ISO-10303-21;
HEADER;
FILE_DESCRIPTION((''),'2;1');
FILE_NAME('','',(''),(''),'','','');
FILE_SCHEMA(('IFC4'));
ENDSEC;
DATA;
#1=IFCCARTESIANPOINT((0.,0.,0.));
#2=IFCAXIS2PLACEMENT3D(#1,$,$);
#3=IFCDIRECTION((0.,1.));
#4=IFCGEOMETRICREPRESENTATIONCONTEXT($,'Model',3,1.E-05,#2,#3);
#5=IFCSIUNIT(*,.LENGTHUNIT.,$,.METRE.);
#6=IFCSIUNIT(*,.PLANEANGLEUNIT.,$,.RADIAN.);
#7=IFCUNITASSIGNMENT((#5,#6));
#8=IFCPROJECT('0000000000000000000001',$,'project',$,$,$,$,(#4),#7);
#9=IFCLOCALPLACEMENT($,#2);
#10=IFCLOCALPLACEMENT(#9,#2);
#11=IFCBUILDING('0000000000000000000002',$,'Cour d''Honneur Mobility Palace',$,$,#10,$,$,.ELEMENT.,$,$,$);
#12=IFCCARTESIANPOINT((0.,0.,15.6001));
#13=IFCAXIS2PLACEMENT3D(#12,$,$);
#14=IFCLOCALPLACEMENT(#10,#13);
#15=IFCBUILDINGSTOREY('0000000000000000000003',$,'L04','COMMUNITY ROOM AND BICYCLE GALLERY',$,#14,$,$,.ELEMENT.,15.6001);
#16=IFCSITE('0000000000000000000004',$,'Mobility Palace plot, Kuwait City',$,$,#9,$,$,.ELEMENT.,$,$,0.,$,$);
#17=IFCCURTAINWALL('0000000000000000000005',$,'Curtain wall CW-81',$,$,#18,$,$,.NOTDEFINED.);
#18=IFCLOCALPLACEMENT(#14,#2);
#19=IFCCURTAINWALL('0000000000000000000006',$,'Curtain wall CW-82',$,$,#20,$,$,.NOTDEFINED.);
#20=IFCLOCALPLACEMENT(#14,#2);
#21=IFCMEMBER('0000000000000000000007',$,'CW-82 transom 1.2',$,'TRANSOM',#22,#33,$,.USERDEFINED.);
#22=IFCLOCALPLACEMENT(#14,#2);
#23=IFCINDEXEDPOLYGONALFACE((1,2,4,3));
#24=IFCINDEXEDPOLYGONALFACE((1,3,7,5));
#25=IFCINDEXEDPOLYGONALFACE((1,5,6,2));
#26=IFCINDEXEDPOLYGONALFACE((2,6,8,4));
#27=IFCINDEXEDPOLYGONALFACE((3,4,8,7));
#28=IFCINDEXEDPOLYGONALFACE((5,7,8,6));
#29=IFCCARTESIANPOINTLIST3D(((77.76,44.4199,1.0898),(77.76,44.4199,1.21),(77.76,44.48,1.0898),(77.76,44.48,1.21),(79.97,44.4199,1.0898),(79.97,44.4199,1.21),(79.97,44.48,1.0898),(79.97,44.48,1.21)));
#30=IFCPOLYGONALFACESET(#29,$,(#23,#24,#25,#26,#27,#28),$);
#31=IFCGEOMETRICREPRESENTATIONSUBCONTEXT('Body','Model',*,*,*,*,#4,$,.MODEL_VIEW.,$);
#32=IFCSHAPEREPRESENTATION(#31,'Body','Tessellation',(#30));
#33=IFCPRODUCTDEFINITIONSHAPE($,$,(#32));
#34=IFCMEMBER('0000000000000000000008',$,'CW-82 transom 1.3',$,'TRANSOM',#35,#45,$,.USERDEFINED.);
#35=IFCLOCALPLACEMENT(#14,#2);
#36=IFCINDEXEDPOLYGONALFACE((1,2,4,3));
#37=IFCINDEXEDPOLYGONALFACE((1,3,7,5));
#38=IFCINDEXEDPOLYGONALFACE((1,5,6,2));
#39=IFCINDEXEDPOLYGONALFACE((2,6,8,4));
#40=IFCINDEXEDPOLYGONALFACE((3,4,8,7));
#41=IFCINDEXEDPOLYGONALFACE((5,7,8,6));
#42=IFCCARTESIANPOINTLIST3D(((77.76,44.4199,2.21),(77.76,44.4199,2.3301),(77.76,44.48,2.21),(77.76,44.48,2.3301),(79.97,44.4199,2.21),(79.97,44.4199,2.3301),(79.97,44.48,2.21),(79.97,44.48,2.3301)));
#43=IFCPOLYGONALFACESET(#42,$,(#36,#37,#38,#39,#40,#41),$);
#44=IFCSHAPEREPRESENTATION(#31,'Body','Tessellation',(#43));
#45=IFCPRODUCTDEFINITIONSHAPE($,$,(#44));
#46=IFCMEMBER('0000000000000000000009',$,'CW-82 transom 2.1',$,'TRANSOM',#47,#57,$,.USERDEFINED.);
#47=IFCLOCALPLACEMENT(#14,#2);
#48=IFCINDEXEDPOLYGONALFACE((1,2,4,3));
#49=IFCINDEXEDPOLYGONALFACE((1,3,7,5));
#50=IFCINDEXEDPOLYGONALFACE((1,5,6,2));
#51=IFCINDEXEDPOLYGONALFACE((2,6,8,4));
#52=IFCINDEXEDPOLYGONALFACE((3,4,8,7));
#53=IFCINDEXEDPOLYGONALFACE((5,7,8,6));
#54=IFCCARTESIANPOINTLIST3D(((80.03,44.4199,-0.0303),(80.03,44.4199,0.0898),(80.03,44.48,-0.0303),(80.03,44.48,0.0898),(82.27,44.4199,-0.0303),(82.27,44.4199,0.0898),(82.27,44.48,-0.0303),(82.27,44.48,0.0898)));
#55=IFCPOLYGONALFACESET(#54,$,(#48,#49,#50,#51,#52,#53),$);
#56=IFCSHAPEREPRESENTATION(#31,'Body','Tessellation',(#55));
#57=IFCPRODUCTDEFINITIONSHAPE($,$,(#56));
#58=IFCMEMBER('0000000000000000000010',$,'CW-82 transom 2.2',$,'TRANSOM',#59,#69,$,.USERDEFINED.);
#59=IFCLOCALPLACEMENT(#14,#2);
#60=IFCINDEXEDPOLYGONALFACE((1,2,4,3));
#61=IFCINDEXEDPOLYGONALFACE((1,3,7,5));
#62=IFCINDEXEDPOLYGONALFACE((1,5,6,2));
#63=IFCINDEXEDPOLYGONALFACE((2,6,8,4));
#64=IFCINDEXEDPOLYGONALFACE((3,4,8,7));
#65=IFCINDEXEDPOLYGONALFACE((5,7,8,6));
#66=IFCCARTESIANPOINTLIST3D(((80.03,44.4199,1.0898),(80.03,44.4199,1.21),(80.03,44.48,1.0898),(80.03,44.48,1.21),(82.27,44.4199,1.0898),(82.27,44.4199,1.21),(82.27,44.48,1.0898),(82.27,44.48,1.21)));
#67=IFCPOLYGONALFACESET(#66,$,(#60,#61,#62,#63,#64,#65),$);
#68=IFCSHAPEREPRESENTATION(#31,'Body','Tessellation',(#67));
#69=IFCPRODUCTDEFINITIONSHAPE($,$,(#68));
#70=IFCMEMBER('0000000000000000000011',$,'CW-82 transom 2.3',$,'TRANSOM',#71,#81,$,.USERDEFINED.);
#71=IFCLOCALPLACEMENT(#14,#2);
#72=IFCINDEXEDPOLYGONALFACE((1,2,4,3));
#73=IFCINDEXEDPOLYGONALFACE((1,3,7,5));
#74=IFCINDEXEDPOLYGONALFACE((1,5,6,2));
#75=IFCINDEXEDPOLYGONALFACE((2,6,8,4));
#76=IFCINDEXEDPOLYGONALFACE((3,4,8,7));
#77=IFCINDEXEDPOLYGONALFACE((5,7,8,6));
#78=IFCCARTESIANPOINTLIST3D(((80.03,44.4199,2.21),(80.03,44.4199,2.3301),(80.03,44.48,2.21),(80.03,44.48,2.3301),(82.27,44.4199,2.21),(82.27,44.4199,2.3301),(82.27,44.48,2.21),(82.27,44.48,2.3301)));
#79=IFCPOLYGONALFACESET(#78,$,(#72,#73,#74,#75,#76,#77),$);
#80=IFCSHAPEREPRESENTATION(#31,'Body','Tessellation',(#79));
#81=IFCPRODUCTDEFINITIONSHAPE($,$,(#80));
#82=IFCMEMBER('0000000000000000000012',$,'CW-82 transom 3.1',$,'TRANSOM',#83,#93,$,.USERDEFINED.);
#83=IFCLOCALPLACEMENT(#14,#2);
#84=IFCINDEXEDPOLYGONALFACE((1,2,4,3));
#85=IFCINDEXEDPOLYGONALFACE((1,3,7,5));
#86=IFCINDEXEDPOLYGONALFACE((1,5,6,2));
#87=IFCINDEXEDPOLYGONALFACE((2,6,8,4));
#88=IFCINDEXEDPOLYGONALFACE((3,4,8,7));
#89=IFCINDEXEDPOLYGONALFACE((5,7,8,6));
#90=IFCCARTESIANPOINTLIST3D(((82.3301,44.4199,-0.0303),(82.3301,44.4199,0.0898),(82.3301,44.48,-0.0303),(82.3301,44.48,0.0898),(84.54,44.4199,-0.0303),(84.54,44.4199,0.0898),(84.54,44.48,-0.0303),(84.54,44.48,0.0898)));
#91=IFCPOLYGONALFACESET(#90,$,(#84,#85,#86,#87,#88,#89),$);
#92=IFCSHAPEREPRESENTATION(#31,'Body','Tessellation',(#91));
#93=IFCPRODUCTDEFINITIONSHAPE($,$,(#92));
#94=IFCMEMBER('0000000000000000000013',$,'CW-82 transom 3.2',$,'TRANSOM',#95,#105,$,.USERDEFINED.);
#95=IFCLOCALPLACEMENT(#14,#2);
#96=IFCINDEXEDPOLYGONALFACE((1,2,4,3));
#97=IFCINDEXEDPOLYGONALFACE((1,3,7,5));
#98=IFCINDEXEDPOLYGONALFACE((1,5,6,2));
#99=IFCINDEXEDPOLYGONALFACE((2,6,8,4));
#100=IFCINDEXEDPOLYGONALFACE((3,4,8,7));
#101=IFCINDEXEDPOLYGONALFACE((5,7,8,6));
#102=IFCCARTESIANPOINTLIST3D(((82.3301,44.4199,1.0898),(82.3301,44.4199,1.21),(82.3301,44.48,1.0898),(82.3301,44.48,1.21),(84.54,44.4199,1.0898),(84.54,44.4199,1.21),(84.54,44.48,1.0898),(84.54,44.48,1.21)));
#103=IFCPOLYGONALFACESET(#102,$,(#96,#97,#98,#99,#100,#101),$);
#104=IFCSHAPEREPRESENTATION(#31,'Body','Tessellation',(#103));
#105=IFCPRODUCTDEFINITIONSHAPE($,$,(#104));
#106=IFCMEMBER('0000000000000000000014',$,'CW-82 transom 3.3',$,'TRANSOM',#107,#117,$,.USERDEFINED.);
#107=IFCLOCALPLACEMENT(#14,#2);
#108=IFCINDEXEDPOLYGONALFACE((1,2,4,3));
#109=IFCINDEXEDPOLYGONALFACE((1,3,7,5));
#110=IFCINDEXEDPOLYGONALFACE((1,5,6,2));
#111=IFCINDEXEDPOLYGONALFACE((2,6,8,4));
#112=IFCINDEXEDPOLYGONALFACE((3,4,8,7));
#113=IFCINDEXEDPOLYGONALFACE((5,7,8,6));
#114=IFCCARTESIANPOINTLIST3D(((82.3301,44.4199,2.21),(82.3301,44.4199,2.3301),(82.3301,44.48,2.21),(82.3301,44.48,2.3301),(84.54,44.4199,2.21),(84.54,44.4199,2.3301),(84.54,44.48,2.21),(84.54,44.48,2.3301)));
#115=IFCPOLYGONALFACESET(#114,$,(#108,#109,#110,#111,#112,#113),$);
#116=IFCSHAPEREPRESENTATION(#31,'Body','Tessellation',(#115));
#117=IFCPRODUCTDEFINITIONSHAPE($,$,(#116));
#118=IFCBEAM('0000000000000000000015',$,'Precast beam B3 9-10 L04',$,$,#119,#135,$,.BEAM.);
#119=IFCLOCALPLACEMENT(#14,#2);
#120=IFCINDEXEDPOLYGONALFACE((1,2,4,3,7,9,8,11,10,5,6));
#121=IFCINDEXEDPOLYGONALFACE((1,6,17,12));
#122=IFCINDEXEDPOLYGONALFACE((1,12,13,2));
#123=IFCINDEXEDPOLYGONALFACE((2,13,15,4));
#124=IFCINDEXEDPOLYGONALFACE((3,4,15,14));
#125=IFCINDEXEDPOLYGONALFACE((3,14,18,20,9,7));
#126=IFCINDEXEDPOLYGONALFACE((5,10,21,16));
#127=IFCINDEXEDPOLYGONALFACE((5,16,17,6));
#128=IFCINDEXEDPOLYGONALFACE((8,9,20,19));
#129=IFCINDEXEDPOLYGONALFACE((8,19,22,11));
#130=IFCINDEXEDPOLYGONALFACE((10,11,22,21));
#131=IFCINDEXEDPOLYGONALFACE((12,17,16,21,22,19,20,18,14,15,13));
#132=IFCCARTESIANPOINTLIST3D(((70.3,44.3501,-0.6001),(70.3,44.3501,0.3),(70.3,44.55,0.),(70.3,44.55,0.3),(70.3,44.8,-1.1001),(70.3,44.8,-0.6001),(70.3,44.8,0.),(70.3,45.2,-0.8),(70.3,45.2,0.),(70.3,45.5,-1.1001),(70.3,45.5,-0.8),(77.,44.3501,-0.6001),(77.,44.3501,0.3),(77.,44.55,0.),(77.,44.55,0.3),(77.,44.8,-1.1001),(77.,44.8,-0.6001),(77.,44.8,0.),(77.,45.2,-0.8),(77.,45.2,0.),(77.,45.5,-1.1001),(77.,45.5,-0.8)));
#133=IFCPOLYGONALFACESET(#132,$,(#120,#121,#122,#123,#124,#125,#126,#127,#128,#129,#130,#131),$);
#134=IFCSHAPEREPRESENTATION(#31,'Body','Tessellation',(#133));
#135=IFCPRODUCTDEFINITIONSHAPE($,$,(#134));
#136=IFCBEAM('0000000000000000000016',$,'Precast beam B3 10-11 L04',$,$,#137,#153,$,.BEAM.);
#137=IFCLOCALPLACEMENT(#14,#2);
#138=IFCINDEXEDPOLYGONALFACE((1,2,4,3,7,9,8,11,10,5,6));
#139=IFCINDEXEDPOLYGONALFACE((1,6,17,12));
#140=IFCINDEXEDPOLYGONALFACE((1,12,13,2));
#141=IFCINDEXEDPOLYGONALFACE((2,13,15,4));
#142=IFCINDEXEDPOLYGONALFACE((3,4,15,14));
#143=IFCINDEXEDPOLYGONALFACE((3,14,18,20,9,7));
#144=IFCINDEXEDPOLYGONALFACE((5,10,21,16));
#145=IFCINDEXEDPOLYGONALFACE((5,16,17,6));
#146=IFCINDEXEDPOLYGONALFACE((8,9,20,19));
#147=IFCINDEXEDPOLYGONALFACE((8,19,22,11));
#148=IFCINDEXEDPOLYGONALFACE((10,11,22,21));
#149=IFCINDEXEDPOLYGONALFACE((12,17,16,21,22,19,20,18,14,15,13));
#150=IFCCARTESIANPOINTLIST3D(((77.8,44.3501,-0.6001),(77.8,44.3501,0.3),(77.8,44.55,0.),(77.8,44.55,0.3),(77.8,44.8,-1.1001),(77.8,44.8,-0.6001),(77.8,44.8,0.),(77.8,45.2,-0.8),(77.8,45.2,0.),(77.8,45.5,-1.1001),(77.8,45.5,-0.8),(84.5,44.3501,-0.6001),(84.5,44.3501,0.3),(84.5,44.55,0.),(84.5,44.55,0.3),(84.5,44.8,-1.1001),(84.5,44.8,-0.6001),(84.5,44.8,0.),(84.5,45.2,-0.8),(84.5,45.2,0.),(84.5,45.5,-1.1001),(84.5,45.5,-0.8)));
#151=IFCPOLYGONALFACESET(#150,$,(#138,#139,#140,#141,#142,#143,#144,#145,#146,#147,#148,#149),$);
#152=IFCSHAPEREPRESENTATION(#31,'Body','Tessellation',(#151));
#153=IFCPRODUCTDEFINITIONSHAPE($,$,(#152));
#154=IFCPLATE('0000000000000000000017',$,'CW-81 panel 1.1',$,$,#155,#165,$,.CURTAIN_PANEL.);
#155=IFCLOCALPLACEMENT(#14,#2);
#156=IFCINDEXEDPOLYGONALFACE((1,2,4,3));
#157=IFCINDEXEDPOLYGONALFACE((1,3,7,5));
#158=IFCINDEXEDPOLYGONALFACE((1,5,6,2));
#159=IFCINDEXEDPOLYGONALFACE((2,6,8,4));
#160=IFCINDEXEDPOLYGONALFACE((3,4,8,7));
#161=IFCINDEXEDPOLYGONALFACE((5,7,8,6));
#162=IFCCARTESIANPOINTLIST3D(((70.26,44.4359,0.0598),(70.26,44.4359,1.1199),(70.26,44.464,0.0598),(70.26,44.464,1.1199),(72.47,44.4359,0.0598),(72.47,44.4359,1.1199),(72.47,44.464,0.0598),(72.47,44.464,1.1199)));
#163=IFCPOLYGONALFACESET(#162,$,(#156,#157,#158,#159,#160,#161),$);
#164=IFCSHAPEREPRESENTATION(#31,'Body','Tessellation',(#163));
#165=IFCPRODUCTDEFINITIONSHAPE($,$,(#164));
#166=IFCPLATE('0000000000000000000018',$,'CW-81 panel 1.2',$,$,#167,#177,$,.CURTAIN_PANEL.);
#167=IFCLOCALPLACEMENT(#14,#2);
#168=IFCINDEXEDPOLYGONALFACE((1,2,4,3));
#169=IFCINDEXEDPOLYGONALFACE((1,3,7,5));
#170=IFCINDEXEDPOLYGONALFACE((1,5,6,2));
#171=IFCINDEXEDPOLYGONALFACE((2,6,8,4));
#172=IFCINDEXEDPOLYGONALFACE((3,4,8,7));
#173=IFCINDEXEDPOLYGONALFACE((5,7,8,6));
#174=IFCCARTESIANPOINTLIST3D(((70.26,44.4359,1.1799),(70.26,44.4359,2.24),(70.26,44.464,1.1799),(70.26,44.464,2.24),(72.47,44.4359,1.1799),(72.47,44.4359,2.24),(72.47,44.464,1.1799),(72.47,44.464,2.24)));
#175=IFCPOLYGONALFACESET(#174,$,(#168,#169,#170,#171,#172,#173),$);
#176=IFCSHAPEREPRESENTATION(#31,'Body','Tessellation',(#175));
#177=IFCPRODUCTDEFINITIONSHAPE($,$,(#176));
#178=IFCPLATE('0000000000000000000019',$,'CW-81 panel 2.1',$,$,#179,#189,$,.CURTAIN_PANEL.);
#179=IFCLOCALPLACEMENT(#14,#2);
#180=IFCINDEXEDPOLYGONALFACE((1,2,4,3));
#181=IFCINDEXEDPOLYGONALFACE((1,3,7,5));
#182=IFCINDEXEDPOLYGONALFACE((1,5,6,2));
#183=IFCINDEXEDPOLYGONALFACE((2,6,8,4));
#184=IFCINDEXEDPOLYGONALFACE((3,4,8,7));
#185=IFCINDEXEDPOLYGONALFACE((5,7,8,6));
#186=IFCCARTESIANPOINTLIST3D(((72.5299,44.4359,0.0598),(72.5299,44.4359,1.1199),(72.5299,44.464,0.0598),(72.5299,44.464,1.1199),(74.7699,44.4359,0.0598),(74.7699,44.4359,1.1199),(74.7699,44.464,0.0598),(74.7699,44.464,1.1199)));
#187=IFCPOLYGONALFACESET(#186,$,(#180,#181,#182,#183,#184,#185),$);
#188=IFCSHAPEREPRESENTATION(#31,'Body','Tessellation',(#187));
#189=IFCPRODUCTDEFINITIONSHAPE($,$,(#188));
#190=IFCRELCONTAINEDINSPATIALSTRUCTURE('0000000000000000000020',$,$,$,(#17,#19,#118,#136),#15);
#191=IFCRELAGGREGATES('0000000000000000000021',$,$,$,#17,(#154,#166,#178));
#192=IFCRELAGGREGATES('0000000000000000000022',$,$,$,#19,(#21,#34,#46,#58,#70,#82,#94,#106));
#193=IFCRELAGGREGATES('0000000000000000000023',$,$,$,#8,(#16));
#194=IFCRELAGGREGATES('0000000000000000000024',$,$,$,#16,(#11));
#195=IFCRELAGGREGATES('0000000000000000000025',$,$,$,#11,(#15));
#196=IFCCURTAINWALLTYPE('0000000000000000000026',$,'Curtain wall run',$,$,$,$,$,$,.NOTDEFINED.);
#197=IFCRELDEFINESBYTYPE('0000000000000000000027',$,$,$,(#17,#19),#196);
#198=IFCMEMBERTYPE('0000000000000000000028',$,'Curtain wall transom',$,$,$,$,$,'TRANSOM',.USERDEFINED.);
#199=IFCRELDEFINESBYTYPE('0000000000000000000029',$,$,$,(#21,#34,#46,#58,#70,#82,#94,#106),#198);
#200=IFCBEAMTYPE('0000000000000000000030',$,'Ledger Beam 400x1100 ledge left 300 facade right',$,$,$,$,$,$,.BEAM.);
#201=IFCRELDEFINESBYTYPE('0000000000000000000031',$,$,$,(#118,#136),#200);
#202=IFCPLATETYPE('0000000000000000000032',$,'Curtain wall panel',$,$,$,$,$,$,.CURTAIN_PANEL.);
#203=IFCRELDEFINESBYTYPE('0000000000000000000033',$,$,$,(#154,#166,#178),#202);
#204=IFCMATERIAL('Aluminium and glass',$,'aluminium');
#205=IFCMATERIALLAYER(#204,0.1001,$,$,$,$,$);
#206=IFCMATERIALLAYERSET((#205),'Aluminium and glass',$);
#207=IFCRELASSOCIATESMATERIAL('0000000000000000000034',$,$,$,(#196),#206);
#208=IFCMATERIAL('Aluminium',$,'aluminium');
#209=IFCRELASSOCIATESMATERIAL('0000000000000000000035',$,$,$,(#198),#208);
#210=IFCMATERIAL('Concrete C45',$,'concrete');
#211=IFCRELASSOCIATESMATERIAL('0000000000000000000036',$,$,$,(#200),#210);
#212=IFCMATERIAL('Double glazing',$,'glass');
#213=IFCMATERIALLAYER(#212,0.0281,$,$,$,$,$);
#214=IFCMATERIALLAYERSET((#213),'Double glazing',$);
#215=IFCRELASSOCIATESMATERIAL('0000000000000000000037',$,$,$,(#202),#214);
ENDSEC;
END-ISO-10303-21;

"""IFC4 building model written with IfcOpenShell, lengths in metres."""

from ifc_helpers import new_model, si_unit, direction, frame, origin, origin_2d, place, context, subcontext, project, spatial, polyline, rectangle, outline, extrude, material, layer, layer_set, material_profile, profile_set, type_object, element, aggregate, save


model = new_model("IFC4")

# Units and contexts
model_context = context("Model", 3, precision=1e-05, world=origin(), true_north=direction((0.0, 1.0)))
body_context = subcontext(model_context, "Body", "Model", "MODEL_VIEW")
ifc_project = project(units=[si_unit("LENGTHUNIT", "METRE"), si_unit("PLANEANGLEUNIT", "RADIAN")], contexts=[model_context])

# Site, building, storey
site_placement = place(None, origin())
site = spatial("IfcSite", under=ifc_project, at=site_placement, Name="Mobility Palace plot, Kuwait City", CompositionType="ELEMENT", RefElevation=0.0)
building_placement = place(site_placement, origin())
building = spatial("IfcBuilding", under=site, at=building_placement, Name="Cour d'Honneur Mobility Palace", CompositionType="ELEMENT")
storey_placement = place(building_placement, frame((0.0, 0.0, 15.6001)))
storey = spatial("IfcBuildingStorey", under=building, at=storey_placement, Name="L04", Description="COMMUNITY ROOM AND BICYCLE GALLERY", CompositionType="ELEMENT", Elevation=15.6001)

# Curtain walls
ifc_material_1 = material(Name="Aluminium and glass", Category="aluminium")
ifc_layer_1 = layer(ifc_material_1, 0.1001)
ifc_layer_set_1 = layer_set([ifc_layer_1], Name="Aluminium and glass")
curtain_wall_type = type_object("IfcCurtainWallType", Name="Curtain wall run", PredefinedType="NOTDEFINED", material=ifc_layer_set_1)
curtain_wall_1_placement = place(storey_placement, origin())
curtain_wall_1 = element("IfcCurtainWall", 1, at=curtain_wall_1_placement, inside=storey, type_object=curtain_wall_type, Name="Curtain wall CW-81", PredefinedType="NOTDEFINED")
curtain_wall_2_placement = place(storey_placement, origin())
curtain_wall_2 = element("IfcCurtainWall", 2, at=curtain_wall_2_placement, inside=storey, type_object=curtain_wall_type, Name="Curtain wall CW-82", PredefinedType="NOTDEFINED")

# Members
ifc_material_2 = material(Name="Aluminium", Category="aluminium")
ifc_material_profile_1 = material_profile(ifc_material_2, rectangle(XDim=0.0601, YDim=0.1201, at=origin_2d()), Name="Curtain wall transom")
ifc_profile_set_1 = profile_set([ifc_material_profile_1], Name="Aluminium")
member_type_1 = type_object("IfcMemberType", Name="Curtain wall transom", ElementType="TRANSOM", PredefinedType="USERDEFINED", material=ifc_profile_set_1)
member_1_placement = place(storey_placement, frame((77.76, 44.45, 1.1499), z_axis=(1.0, 0.0, 0.0), x_axis=(0.0, 1.0, 0.0)))
member_1 = element("IfcMember", 3, at=member_1_placement, type_object=member_type_1, Name="CW-82 transom 1.2", ObjectType="TRANSOM", PredefinedType="USERDEFINED", context=body_context, shape_type="SweptSolid", body=[
    extrude(rectangle(XDim=0.0601, YDim=0.1201, at=origin_2d()), origin(), (0.0, 0.0, 1.0), 2.21),
])
member_2_placement = place(storey_placement, frame((77.76, 44.45, 2.27), z_axis=(1.0, 0.0, 0.0), x_axis=(0.0, 1.0, 0.0)))
member_2 = element("IfcMember", 4, at=member_2_placement, type_object=member_type_1, Name="CW-82 transom 1.3", ObjectType="TRANSOM", PredefinedType="USERDEFINED", context=body_context, shape_type="SweptSolid", body=[
    extrude(rectangle(XDim=0.0601, YDim=0.1201, at=origin_2d()), origin(), (0.0, 0.0, 1.0), 2.21),
])
member_3_placement = place(storey_placement, frame((80.03, 44.45, 0.0298), z_axis=(1.0, 0.0, 0.0), x_axis=(0.0, 1.0, 0.0)))
member_3 = element("IfcMember", 5, at=member_3_placement, type_object=member_type_1, Name="CW-82 transom 2.1", ObjectType="TRANSOM", PredefinedType="USERDEFINED", context=body_context, shape_type="SweptSolid", body=[
    extrude(rectangle(XDim=0.0601, YDim=0.1201, at=origin_2d()), origin(), (0.0, 0.0, 1.0), 2.24),
])
member_4_placement = place(storey_placement, frame((80.03, 44.45, 1.1499), z_axis=(1.0, 0.0, 0.0), x_axis=(0.0, 1.0, 0.0)))
member_4 = element("IfcMember", 6, at=member_4_placement, type_object=member_type_1, Name="CW-82 transom 2.2", ObjectType="TRANSOM", PredefinedType="USERDEFINED", context=body_context, shape_type="SweptSolid", body=[
    extrude(rectangle(XDim=0.0601, YDim=0.1201, at=origin_2d()), origin(), (0.0, 0.0, 1.0), 2.24),
])
member_5_placement = place(storey_placement, frame((80.03, 44.45, 2.27), z_axis=(1.0, 0.0, 0.0), x_axis=(0.0, 1.0, 0.0)))
member_5 = element("IfcMember", 7, at=member_5_placement, type_object=member_type_1, Name="CW-82 transom 2.3", ObjectType="TRANSOM", PredefinedType="USERDEFINED", context=body_context, shape_type="SweptSolid", body=[
    extrude(rectangle(XDim=0.0601, YDim=0.1201, at=origin_2d()), origin(), (0.0, 0.0, 1.0), 2.24),
])
member_6_placement = place(storey_placement, frame((82.3301, 44.45, 0.0298), z_axis=(1.0, 0.0, 0.0), x_axis=(0.0, 1.0, 0.0)))
member_6 = element("IfcMember", 8, at=member_6_placement, type_object=member_type_1, Name="CW-82 transom 3.1", ObjectType="TRANSOM", PredefinedType="USERDEFINED", context=body_context, shape_type="SweptSolid", body=[
    extrude(rectangle(XDim=0.0601, YDim=0.1201, at=origin_2d()), origin(), (0.0, 0.0, 1.0), 2.21),
])
member_7_placement = place(storey_placement, frame((82.3301, 44.45, 1.1499), z_axis=(1.0, 0.0, 0.0), x_axis=(0.0, 1.0, 0.0)))
member_7 = element("IfcMember", 9, at=member_7_placement, type_object=member_type_1, Name="CW-82 transom 3.2", ObjectType="TRANSOM", PredefinedType="USERDEFINED", context=body_context, shape_type="SweptSolid", body=[
    extrude(rectangle(XDim=0.0601, YDim=0.1201, at=origin_2d()), origin(), (0.0, 0.0, 1.0), 2.21),
])
member_8_placement = place(storey_placement, frame((82.3301, 44.45, 2.27), z_axis=(1.0, 0.0, 0.0), x_axis=(0.0, 1.0, 0.0)))
member_8 = element("IfcMember", 10, at=member_8_placement, type_object=member_type_1, Name="CW-82 transom 3.3", ObjectType="TRANSOM", PredefinedType="USERDEFINED", context=body_context, shape_type="SweptSolid", body=[
    extrude(rectangle(XDim=0.0601, YDim=0.1201, at=origin_2d()), origin(), (0.0, 0.0, 1.0), 2.21),
])

# Beams
ifc_material_3 = material(Name="Concrete C45", Category="concrete")
ifc_material_profile_2 = material_profile(ifc_material_3, outline(polyline([(0.5, -1.1001), (0.5, -0.8), (0.2, -0.8), (0.2, 0.0), (-0.2, 0.0), (-0.45, 0.0), (-0.45, 0.3), (-0.6499, 0.3), (-0.6499, -0.6001), (-0.2, -0.6001), (-0.2, -1.1001), (0.5, -1.1001)])), Name="Ledger Beam 400x1100 ledge left 300 facade right")
ifc_profile_set_2 = profile_set([ifc_material_profile_2], Name="Concrete C45")
beam_type = type_object("IfcBeamType", Name="Ledger Beam 400x1100 ledge left 300 facade right", PredefinedType="BEAM", material=ifc_profile_set_2)
for number, where, z_axis, x_axis, name in (
    (11, (70.3, 45.0, 0.0), (1.0, 0.0, 0.0), (0.0, 1.0, 0.0), "Precast beam B3 9-10 L04"),
    (12, (77.8, 45.0, 0.0), (1.0, 0.0, 0.0), (0.0, 1.0, 0.0), "Precast beam B3 10-11 L04"),
):
    element("IfcBeam", number, at=place(storey_placement, frame(where, z_axis=z_axis, x_axis=x_axis)), inside=storey, type_object=beam_type, Name=name, PredefinedType="BEAM", context=body_context, shape_type="SweptSolid", body=[
        extrude(outline(polyline([(0.5, -1.1001), (0.5, -0.8), (0.2, -0.8), (0.2, 0.0), (-0.2, 0.0), (-0.45, 0.0), (-0.45, 0.3), (-0.6499, 0.3), (-0.6499, -0.6001), (-0.2, -0.6001), (-0.2, -1.1001), (0.5, -1.1001)])), origin(), (0.0, 0.0, 1.0), 6.7),
    ])

# Plates
ifc_material_4 = material(Name="Double glazing", Category="glass")
ifc_layer_2 = layer(ifc_material_4, 0.0281)
ifc_layer_set_2 = layer_set([ifc_layer_2], Name="Double glazing")
plate_type = type_object("IfcPlateType", Name="Curtain wall panel", PredefinedType="CURTAIN_PANEL", material=ifc_layer_set_2)
plate_1_placement = place(storey_placement, frame((71.365, 44.45, 0.0598), z_axis=(0.0, 0.0, 1.0), x_axis=(1.0, 0.0, 0.0)))
plate_1 = element("IfcPlate", 13, at=plate_1_placement, type_object=plate_type, Name="CW-81 panel 1.1", PredefinedType="CURTAIN_PANEL", context=body_context, shape_type="SweptSolid", body=[
    extrude(rectangle(XDim=2.21, YDim=0.0281, at=origin_2d()), origin(), (0.0, 0.0, 1.0), 1.0601),
])
plate_2_placement = place(storey_placement, frame((71.365, 44.45, 1.1799), z_axis=(0.0, 0.0, 1.0), x_axis=(1.0, 0.0, 0.0)))
plate_2 = element("IfcPlate", 14, at=plate_2_placement, type_object=plate_type, Name="CW-81 panel 1.2", PredefinedType="CURTAIN_PANEL", context=body_context, shape_type="SweptSolid", body=[
    extrude(rectangle(XDim=2.21, YDim=0.0281, at=origin_2d()), origin(), (0.0, 0.0, 1.0), 1.0601),
])
plate_3_placement = place(storey_placement, frame((73.6499, 44.45, 0.0598), z_axis=(0.0, 0.0, 1.0), x_axis=(1.0, 0.0, 0.0)))
plate_3 = element("IfcPlate", 15, at=plate_3_placement, type_object=plate_type, Name="CW-81 panel 2.1", PredefinedType="CURTAIN_PANEL", context=body_context, shape_type="SweptSolid", body=[
    extrude(rectangle(XDim=2.24, YDim=0.0281, at=origin_2d()), origin(), (0.0, 0.0, 1.0), 1.0601),
])
aggregate(curtain_wall_1, [plate_1, plate_2, plate_3])
aggregate(curtain_wall_2, [member_1, member_2, member_3, member_4, member_5, member_6, member_7, member_8])

save(model, "model.ifc")
